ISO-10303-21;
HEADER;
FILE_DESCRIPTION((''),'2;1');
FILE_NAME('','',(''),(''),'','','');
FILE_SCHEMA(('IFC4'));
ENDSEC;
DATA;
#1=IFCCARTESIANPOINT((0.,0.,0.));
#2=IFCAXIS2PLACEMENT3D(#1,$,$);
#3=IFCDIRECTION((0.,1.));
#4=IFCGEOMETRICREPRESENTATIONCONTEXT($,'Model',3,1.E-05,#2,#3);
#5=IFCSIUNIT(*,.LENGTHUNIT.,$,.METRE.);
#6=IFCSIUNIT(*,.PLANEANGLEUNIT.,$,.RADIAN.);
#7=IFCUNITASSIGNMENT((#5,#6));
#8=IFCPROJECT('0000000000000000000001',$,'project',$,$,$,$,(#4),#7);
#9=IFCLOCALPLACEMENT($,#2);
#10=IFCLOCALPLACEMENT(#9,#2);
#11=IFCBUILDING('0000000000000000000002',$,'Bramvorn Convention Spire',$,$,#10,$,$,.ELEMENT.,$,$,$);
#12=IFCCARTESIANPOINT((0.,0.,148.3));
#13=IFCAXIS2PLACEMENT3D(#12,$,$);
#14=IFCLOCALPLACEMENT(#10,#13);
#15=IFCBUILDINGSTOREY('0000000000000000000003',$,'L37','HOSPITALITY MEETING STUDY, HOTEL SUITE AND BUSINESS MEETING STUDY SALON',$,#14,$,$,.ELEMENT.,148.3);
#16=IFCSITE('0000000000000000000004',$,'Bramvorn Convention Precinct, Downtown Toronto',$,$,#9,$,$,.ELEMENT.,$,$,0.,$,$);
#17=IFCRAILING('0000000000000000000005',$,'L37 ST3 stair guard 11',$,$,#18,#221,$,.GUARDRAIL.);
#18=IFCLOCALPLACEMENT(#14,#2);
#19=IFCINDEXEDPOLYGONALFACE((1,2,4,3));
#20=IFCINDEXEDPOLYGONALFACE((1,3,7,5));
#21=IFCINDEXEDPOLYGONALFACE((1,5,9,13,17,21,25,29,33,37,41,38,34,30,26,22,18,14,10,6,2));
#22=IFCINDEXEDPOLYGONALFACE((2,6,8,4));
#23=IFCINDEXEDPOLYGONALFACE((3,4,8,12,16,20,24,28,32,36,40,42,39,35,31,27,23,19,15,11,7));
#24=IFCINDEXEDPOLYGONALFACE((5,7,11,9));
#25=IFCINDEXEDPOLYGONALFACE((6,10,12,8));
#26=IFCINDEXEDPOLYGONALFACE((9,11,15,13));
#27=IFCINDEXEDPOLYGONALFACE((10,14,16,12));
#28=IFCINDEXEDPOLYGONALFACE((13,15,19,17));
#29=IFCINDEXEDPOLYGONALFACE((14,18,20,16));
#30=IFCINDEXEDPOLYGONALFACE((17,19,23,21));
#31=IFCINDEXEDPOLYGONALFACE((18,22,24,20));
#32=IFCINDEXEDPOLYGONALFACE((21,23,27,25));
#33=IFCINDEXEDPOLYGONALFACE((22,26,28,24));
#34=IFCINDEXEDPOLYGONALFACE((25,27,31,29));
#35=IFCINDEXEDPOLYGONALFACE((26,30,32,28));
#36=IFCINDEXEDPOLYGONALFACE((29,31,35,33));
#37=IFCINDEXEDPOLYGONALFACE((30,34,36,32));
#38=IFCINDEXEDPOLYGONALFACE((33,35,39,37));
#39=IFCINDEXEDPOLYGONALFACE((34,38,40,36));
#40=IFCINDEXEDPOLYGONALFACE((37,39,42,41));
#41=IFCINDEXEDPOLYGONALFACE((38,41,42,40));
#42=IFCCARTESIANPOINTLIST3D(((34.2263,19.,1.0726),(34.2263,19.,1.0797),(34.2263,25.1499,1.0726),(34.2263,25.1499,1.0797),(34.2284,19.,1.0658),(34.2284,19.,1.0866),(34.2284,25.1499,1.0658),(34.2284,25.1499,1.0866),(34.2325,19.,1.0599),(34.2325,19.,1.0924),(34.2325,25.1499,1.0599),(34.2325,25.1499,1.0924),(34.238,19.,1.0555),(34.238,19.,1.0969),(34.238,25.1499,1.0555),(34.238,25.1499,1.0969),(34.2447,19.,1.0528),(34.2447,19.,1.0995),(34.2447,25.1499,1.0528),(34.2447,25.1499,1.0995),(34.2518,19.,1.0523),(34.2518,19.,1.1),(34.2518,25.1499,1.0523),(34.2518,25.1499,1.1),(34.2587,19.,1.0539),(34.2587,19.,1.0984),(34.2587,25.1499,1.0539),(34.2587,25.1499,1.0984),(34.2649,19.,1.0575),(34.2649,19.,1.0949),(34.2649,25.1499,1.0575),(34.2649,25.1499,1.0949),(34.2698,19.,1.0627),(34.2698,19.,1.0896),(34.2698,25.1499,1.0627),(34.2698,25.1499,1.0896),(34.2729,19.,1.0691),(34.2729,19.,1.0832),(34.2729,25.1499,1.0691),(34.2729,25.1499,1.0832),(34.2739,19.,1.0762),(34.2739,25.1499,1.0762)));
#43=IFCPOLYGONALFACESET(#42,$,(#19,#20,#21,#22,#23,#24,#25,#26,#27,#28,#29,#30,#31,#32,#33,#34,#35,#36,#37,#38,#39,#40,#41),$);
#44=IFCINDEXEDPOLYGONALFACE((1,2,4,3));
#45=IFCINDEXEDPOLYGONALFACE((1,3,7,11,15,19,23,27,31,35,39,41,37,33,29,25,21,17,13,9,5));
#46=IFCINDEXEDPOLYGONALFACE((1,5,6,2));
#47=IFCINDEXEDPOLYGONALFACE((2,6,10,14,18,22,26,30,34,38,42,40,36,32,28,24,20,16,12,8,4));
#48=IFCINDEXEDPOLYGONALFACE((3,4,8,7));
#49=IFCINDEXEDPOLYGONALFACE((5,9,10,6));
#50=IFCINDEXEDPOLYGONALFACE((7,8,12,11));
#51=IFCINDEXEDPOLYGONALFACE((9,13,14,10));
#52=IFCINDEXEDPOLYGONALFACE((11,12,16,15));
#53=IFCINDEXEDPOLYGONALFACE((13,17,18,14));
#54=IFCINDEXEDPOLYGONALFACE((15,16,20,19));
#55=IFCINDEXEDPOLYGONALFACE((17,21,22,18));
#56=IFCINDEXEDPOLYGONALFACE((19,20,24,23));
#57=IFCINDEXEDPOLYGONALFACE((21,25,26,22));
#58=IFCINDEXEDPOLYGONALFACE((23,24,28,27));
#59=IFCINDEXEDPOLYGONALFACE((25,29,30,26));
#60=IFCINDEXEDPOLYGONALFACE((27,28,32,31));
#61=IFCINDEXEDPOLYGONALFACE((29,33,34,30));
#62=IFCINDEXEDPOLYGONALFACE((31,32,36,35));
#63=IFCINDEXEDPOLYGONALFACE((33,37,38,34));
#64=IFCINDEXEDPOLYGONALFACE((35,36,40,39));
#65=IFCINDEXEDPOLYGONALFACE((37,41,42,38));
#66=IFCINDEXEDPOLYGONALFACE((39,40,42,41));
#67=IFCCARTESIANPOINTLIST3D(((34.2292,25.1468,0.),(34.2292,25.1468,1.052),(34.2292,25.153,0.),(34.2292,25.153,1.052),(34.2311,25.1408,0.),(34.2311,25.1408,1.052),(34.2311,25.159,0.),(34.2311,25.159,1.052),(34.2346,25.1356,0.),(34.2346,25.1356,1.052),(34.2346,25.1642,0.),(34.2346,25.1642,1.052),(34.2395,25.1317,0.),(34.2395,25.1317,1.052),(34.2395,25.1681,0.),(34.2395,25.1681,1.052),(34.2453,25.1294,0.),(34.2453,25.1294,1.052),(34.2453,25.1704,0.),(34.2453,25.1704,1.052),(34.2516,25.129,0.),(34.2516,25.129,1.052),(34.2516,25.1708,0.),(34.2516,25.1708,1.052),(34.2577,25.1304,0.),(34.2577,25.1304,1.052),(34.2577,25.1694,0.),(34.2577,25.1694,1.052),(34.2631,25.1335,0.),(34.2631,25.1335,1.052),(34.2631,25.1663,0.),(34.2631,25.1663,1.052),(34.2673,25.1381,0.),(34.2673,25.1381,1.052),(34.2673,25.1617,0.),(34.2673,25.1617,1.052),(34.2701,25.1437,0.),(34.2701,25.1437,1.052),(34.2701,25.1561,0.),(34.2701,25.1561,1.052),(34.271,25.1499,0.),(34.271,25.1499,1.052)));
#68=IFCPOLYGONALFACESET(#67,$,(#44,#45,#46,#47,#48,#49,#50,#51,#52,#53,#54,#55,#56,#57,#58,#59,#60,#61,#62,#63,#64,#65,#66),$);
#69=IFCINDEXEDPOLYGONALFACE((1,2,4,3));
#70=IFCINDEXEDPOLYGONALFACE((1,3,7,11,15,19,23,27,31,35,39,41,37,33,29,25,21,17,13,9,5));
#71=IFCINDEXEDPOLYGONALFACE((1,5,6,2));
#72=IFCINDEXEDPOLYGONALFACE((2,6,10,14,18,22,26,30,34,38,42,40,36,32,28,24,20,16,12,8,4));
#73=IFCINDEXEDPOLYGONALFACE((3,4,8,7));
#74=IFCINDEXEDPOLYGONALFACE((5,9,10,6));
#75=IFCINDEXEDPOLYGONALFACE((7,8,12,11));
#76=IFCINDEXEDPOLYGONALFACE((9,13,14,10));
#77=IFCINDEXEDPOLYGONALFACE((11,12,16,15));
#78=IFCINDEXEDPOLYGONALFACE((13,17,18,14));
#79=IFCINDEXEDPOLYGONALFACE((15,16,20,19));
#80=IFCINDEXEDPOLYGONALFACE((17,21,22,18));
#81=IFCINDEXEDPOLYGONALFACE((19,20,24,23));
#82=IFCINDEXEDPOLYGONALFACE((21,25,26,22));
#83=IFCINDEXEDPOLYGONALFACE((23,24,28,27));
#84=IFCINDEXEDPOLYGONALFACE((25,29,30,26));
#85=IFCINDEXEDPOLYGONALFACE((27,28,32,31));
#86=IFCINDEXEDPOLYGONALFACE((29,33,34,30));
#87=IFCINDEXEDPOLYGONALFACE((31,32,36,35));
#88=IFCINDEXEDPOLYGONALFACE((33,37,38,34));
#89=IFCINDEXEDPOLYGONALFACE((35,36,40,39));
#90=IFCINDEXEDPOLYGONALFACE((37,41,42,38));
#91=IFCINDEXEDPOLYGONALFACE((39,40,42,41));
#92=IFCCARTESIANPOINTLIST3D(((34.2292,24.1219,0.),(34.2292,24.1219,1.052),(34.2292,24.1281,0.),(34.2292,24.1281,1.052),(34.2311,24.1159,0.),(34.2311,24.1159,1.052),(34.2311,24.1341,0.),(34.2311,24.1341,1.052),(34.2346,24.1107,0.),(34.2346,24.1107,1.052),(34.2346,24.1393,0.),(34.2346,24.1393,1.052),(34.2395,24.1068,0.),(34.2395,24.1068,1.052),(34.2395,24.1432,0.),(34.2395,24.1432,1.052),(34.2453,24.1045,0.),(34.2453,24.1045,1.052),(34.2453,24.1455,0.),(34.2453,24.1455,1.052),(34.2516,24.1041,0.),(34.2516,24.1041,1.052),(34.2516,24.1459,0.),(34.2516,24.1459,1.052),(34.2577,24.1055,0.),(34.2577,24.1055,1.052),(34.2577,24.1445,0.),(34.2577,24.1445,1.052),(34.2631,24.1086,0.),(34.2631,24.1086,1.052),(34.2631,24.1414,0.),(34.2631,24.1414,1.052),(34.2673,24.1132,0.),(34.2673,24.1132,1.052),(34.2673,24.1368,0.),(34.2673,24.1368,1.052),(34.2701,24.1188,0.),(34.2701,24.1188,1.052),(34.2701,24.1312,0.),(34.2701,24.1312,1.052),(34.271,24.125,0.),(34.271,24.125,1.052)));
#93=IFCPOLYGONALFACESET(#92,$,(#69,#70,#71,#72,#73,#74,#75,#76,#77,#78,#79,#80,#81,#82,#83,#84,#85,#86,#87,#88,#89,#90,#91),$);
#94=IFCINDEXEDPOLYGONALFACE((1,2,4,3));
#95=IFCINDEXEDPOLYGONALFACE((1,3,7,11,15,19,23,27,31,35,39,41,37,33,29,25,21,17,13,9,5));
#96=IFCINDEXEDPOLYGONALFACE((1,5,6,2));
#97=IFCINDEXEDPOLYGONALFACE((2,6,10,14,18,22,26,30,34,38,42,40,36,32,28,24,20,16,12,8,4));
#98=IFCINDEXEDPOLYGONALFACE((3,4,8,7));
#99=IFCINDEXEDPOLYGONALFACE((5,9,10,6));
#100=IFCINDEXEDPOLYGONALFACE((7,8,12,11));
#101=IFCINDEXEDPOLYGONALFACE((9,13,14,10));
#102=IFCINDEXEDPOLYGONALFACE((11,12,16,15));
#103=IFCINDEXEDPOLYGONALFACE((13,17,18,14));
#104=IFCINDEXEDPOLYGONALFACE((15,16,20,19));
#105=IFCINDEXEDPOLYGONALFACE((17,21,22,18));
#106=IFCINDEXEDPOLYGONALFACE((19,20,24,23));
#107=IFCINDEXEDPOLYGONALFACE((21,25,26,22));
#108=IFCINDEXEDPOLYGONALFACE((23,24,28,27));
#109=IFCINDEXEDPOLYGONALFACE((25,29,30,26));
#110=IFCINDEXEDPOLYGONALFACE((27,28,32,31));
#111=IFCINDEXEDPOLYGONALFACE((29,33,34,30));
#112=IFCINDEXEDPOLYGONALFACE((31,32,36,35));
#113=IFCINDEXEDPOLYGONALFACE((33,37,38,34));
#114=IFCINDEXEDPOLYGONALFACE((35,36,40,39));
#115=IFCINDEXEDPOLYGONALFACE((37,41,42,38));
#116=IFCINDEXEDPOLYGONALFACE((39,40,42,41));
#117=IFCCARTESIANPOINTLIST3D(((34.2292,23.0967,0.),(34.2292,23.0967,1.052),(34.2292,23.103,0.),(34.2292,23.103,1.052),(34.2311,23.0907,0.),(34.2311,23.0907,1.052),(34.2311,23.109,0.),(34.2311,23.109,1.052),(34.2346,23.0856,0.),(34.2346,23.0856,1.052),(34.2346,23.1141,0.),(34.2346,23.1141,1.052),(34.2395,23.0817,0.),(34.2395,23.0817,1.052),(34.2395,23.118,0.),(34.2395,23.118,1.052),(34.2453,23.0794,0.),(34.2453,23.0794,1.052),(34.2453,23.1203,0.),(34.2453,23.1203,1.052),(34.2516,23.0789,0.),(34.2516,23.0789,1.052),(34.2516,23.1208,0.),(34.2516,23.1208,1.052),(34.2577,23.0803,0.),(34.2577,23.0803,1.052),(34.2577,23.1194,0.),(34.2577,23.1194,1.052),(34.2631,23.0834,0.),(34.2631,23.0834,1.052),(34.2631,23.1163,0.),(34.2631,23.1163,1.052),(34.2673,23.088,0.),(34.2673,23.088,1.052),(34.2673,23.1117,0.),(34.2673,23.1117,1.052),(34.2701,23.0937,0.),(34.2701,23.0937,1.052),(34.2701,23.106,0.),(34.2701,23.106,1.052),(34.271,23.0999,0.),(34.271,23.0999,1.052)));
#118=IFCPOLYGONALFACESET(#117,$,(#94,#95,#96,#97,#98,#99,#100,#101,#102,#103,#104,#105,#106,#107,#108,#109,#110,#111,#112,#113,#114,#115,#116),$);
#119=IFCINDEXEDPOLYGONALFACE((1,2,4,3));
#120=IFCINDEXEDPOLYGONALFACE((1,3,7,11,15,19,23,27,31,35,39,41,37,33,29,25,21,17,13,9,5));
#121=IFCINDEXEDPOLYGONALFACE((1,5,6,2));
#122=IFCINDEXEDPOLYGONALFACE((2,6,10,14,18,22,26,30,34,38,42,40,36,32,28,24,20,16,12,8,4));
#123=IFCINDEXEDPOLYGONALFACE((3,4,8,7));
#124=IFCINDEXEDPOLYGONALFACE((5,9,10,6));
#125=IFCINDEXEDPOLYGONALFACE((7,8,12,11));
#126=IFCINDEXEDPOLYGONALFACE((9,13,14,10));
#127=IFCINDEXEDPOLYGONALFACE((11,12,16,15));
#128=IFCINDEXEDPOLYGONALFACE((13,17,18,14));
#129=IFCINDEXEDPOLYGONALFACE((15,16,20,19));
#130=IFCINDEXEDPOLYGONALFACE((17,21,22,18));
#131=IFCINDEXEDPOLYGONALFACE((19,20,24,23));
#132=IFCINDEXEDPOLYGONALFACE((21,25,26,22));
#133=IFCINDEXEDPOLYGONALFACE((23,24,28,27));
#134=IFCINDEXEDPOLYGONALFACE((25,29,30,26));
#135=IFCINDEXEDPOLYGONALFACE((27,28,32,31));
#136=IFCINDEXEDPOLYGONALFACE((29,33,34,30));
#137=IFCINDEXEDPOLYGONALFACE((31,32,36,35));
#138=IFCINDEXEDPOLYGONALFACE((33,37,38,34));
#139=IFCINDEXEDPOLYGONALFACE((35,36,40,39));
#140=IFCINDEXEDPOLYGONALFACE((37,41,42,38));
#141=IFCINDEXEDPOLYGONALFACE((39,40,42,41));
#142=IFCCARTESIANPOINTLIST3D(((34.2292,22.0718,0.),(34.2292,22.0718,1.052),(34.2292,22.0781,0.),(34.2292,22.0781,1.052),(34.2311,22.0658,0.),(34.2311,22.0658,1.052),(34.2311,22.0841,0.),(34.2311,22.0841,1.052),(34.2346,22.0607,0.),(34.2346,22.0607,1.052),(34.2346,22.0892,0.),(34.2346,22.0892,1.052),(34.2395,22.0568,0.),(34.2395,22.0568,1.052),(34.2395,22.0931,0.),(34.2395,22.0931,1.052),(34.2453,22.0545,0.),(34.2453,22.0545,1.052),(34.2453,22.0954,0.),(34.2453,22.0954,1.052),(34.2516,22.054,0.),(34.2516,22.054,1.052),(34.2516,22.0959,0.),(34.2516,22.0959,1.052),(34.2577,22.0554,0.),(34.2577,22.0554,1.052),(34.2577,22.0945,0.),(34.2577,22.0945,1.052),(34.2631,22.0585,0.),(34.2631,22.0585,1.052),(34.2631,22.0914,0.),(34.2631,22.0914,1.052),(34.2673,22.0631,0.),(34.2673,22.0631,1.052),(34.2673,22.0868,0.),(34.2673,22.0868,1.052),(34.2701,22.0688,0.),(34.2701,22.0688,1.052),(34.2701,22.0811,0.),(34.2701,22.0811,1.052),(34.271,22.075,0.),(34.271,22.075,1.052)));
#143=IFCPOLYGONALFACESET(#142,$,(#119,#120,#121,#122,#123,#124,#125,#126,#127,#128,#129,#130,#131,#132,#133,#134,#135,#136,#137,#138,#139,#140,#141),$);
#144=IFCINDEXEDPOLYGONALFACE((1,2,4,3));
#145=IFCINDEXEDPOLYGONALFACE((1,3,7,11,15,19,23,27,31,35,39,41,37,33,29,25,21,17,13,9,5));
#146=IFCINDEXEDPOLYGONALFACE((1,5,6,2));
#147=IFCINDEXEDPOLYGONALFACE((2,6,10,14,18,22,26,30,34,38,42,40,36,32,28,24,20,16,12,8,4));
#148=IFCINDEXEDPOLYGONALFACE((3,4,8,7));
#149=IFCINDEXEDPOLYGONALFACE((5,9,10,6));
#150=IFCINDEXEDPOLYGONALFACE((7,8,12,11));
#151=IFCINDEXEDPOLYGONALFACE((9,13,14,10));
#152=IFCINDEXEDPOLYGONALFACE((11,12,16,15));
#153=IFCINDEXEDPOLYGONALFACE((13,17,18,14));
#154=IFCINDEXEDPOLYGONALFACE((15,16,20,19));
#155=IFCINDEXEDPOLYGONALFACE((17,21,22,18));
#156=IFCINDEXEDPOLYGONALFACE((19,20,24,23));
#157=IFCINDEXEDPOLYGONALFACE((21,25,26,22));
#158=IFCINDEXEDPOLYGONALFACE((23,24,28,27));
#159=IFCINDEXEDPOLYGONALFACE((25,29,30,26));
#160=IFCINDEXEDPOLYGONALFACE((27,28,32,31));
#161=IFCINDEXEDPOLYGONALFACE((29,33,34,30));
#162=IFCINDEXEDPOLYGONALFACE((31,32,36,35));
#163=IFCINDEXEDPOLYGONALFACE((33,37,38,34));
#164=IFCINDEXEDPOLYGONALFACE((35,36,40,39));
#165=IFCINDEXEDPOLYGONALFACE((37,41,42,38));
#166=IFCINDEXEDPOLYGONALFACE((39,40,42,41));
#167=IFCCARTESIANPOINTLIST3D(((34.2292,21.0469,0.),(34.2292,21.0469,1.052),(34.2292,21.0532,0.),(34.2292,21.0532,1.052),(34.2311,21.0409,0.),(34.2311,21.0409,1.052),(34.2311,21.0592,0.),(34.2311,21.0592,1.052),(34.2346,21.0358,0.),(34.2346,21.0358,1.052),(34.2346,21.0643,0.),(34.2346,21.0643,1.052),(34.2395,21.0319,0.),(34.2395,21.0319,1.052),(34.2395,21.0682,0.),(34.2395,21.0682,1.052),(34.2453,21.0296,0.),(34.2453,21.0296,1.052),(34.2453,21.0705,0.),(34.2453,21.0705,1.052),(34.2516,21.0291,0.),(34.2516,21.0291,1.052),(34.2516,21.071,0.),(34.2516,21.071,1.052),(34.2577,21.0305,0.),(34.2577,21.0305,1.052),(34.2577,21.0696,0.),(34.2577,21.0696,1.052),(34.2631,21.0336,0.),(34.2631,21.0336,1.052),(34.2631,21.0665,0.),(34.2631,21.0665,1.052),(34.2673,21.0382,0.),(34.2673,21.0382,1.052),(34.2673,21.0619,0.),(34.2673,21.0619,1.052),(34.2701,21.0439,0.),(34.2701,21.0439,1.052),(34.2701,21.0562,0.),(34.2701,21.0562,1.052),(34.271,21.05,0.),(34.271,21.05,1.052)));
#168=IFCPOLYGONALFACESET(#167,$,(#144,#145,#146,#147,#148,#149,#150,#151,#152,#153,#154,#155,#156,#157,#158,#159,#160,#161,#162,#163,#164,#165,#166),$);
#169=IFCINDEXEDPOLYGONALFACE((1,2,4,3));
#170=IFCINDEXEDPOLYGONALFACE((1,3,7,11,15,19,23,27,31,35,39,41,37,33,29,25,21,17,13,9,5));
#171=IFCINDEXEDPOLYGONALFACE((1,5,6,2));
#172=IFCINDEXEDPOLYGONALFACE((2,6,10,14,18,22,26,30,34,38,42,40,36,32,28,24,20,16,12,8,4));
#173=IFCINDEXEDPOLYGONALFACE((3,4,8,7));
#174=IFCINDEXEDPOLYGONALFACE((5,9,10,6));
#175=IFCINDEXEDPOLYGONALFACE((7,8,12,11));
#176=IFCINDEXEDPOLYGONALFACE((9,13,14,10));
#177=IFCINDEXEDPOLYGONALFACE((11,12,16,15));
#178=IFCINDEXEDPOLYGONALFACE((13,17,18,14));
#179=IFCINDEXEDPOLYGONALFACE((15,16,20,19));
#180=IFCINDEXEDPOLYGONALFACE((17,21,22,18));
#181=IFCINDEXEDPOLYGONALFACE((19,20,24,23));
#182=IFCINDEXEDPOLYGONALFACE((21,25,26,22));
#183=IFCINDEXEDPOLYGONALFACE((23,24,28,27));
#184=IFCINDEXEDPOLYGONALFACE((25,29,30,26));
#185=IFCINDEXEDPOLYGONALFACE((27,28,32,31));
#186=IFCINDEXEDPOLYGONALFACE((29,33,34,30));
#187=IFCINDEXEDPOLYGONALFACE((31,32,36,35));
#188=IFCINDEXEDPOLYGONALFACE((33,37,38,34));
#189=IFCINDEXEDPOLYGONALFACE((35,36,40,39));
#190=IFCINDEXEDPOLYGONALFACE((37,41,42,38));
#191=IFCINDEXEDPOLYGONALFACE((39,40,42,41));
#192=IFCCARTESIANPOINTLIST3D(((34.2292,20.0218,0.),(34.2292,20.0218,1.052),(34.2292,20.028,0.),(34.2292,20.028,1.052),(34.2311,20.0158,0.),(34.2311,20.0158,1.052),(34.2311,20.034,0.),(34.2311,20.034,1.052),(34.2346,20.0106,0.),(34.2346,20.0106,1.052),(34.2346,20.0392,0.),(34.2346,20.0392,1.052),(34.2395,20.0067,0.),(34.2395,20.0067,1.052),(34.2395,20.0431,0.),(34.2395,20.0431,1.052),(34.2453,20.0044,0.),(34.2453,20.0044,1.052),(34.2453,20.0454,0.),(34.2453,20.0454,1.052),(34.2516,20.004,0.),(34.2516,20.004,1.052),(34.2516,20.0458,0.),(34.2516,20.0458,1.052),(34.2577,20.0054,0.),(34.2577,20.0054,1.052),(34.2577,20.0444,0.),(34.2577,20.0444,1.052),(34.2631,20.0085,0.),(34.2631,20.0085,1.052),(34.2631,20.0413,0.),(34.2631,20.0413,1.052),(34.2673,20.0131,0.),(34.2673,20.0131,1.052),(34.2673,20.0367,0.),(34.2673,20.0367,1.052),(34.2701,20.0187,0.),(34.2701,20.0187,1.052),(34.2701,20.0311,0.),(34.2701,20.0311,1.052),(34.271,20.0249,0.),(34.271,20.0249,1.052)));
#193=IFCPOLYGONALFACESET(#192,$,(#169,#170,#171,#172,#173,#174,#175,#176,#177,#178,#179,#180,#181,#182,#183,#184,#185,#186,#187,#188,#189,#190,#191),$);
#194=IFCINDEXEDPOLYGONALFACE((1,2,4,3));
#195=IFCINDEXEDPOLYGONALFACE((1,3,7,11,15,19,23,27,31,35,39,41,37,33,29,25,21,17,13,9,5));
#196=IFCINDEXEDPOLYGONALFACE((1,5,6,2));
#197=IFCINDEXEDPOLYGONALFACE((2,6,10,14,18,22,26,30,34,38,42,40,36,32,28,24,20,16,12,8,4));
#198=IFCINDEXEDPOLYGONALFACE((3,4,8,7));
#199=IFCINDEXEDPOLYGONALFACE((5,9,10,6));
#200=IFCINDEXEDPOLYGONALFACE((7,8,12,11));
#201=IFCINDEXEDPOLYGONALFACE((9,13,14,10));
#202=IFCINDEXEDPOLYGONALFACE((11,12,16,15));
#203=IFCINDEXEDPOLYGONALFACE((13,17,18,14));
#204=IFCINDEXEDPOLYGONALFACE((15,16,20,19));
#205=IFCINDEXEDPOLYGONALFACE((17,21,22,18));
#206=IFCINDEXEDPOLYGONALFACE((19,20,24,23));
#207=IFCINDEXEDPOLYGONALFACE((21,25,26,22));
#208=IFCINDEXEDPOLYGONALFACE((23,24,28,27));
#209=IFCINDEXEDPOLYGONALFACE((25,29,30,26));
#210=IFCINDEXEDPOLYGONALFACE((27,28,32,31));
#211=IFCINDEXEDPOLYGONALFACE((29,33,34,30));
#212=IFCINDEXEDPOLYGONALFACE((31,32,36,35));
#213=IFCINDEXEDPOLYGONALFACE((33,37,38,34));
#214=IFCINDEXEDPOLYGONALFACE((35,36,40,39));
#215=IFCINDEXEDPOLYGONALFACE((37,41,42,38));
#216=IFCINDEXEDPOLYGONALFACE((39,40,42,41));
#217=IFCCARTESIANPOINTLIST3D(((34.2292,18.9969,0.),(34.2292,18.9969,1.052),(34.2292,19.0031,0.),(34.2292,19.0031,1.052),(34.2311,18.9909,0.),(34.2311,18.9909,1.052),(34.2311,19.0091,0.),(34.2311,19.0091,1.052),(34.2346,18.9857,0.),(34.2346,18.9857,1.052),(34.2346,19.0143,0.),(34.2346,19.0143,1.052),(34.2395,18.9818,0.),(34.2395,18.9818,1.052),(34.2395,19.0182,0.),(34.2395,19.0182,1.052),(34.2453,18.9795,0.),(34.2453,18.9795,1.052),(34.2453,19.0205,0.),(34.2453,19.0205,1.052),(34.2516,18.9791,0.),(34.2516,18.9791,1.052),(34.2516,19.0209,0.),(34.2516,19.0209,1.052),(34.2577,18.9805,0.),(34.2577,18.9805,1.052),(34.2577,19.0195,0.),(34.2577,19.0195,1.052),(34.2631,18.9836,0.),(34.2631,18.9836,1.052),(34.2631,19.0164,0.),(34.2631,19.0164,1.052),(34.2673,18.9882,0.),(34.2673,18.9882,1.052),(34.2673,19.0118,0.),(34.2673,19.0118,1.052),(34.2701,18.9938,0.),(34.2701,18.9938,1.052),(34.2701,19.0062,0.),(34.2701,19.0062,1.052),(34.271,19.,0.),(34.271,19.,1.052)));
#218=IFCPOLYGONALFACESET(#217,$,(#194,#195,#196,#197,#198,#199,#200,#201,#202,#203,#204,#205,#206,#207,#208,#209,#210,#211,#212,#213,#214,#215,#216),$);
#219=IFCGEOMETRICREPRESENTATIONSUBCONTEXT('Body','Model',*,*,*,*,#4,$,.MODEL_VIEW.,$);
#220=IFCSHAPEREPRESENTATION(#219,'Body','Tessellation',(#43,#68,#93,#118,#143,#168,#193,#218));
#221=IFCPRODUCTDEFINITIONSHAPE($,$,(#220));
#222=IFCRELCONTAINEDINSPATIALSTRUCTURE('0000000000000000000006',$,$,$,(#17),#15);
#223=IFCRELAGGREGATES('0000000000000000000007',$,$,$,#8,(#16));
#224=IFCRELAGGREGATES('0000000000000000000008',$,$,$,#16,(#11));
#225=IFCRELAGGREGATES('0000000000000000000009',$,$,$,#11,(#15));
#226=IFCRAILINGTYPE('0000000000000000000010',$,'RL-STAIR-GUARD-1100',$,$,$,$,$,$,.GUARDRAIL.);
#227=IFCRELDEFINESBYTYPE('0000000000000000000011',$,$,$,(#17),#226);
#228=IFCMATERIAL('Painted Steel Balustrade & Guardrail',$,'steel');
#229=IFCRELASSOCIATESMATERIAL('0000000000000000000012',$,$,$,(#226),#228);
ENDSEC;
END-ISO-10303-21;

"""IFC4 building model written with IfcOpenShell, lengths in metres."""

from ifc_helpers import new_model, si_unit, direction, frame, origin, origin_2d, place, context, subcontext, project, spatial, circle, extrude, material, type_object, element, save


model = new_model("IFC4")

# Units and contexts
model_context = context("Model", 3, precision=1e-05, world=origin(), true_north=direction((0.0, 1.0)))
body_context = subcontext(model_context, "Body", "Model", "MODEL_VIEW")
ifc_project = project(units=[si_unit("LENGTHUNIT", "METRE"), si_unit("PLANEANGLEUNIT", "RADIAN")], contexts=[model_context])

# Site, building, storey
site_placement = place(None, origin())
site = spatial("IfcSite", under=ifc_project, at=site_placement, Name="Bramvorn Convention Precinct, Downtown Toronto", CompositionType="ELEMENT", RefElevation=0.0)
building_placement = place(site_placement, origin())
building = spatial("IfcBuilding", under=site, at=building_placement, Name="Bramvorn Convention Spire", CompositionType="ELEMENT")
storey_placement = place(building_placement, frame((0.0, 0.0, 148.3)))
storey = spatial("IfcBuildingStorey", under=building, at=storey_placement, Name="L37", Description="HOSPITALITY MEETING STUDY, HOTEL SUITE AND BUSINESS MEETING STUDY SALON", CompositionType="ELEMENT", Elevation=148.3)

# Railing
ifc_material_1 = material(Name="Painted Steel Balustrade & Guardrail", Category="steel")
railing_type_1 = type_object("IfcRailingType", Name="RL-STAIR-GUARD-1100", PredefinedType="GUARDRAIL", material=ifc_material_1)
railing_1_placement = place(storey_placement, frame((34.25, 25.1499, 0.0)))
element("IfcRailing", 1, at=railing_1_placement, inside=storey, type_object=railing_type_1, Name="L37 ST3 stair guard 11", PredefinedType="GUARDRAIL", context=body_context, shape_type="SweptSolid", body=[
    extrude(circle(Radius=0.0239, at=origin_2d()), frame((0.0, 0.0, 1.0762), z_axis=(0.0, -1.0, 0.0), x_axis=(1.0, 0.0, 0.0)), (0.0, 0.0, 1.0), 6.1499),
    extrude(circle(Radius=0.021, at=origin_2d()), origin(), (0.0, 0.0, 1.0), 1.052),
    extrude(circle(Radius=0.021, at=origin_2d()), frame((0.0, -1.0249, 0.0)), (0.0, 0.0, 1.0), 1.052),
    extrude(circle(Radius=0.021, at=origin_2d()), frame((0.0, -2.05, 0.0)), (0.0, 0.0, 1.0), 1.052),
    extrude(circle(Radius=0.021, at=origin_2d()), frame((0.0, -3.075, 0.0)), (0.0, 0.0, 1.0), 1.052),
    extrude(circle(Radius=0.021, at=origin_2d()), frame((0.0, -4.0999, 0.0)), (0.0, 0.0, 1.0), 1.052),
    extrude(circle(Radius=0.021, at=origin_2d()), frame((0.0, -5.125, 0.0)), (0.0, 0.0, 1.0), 1.052),
    extrude(circle(Radius=0.021, at=origin_2d()), frame((0.0, -6.1499, 0.0)), (0.0, 0.0, 1.0), 1.052),
])

save(model, "model.ifc")
